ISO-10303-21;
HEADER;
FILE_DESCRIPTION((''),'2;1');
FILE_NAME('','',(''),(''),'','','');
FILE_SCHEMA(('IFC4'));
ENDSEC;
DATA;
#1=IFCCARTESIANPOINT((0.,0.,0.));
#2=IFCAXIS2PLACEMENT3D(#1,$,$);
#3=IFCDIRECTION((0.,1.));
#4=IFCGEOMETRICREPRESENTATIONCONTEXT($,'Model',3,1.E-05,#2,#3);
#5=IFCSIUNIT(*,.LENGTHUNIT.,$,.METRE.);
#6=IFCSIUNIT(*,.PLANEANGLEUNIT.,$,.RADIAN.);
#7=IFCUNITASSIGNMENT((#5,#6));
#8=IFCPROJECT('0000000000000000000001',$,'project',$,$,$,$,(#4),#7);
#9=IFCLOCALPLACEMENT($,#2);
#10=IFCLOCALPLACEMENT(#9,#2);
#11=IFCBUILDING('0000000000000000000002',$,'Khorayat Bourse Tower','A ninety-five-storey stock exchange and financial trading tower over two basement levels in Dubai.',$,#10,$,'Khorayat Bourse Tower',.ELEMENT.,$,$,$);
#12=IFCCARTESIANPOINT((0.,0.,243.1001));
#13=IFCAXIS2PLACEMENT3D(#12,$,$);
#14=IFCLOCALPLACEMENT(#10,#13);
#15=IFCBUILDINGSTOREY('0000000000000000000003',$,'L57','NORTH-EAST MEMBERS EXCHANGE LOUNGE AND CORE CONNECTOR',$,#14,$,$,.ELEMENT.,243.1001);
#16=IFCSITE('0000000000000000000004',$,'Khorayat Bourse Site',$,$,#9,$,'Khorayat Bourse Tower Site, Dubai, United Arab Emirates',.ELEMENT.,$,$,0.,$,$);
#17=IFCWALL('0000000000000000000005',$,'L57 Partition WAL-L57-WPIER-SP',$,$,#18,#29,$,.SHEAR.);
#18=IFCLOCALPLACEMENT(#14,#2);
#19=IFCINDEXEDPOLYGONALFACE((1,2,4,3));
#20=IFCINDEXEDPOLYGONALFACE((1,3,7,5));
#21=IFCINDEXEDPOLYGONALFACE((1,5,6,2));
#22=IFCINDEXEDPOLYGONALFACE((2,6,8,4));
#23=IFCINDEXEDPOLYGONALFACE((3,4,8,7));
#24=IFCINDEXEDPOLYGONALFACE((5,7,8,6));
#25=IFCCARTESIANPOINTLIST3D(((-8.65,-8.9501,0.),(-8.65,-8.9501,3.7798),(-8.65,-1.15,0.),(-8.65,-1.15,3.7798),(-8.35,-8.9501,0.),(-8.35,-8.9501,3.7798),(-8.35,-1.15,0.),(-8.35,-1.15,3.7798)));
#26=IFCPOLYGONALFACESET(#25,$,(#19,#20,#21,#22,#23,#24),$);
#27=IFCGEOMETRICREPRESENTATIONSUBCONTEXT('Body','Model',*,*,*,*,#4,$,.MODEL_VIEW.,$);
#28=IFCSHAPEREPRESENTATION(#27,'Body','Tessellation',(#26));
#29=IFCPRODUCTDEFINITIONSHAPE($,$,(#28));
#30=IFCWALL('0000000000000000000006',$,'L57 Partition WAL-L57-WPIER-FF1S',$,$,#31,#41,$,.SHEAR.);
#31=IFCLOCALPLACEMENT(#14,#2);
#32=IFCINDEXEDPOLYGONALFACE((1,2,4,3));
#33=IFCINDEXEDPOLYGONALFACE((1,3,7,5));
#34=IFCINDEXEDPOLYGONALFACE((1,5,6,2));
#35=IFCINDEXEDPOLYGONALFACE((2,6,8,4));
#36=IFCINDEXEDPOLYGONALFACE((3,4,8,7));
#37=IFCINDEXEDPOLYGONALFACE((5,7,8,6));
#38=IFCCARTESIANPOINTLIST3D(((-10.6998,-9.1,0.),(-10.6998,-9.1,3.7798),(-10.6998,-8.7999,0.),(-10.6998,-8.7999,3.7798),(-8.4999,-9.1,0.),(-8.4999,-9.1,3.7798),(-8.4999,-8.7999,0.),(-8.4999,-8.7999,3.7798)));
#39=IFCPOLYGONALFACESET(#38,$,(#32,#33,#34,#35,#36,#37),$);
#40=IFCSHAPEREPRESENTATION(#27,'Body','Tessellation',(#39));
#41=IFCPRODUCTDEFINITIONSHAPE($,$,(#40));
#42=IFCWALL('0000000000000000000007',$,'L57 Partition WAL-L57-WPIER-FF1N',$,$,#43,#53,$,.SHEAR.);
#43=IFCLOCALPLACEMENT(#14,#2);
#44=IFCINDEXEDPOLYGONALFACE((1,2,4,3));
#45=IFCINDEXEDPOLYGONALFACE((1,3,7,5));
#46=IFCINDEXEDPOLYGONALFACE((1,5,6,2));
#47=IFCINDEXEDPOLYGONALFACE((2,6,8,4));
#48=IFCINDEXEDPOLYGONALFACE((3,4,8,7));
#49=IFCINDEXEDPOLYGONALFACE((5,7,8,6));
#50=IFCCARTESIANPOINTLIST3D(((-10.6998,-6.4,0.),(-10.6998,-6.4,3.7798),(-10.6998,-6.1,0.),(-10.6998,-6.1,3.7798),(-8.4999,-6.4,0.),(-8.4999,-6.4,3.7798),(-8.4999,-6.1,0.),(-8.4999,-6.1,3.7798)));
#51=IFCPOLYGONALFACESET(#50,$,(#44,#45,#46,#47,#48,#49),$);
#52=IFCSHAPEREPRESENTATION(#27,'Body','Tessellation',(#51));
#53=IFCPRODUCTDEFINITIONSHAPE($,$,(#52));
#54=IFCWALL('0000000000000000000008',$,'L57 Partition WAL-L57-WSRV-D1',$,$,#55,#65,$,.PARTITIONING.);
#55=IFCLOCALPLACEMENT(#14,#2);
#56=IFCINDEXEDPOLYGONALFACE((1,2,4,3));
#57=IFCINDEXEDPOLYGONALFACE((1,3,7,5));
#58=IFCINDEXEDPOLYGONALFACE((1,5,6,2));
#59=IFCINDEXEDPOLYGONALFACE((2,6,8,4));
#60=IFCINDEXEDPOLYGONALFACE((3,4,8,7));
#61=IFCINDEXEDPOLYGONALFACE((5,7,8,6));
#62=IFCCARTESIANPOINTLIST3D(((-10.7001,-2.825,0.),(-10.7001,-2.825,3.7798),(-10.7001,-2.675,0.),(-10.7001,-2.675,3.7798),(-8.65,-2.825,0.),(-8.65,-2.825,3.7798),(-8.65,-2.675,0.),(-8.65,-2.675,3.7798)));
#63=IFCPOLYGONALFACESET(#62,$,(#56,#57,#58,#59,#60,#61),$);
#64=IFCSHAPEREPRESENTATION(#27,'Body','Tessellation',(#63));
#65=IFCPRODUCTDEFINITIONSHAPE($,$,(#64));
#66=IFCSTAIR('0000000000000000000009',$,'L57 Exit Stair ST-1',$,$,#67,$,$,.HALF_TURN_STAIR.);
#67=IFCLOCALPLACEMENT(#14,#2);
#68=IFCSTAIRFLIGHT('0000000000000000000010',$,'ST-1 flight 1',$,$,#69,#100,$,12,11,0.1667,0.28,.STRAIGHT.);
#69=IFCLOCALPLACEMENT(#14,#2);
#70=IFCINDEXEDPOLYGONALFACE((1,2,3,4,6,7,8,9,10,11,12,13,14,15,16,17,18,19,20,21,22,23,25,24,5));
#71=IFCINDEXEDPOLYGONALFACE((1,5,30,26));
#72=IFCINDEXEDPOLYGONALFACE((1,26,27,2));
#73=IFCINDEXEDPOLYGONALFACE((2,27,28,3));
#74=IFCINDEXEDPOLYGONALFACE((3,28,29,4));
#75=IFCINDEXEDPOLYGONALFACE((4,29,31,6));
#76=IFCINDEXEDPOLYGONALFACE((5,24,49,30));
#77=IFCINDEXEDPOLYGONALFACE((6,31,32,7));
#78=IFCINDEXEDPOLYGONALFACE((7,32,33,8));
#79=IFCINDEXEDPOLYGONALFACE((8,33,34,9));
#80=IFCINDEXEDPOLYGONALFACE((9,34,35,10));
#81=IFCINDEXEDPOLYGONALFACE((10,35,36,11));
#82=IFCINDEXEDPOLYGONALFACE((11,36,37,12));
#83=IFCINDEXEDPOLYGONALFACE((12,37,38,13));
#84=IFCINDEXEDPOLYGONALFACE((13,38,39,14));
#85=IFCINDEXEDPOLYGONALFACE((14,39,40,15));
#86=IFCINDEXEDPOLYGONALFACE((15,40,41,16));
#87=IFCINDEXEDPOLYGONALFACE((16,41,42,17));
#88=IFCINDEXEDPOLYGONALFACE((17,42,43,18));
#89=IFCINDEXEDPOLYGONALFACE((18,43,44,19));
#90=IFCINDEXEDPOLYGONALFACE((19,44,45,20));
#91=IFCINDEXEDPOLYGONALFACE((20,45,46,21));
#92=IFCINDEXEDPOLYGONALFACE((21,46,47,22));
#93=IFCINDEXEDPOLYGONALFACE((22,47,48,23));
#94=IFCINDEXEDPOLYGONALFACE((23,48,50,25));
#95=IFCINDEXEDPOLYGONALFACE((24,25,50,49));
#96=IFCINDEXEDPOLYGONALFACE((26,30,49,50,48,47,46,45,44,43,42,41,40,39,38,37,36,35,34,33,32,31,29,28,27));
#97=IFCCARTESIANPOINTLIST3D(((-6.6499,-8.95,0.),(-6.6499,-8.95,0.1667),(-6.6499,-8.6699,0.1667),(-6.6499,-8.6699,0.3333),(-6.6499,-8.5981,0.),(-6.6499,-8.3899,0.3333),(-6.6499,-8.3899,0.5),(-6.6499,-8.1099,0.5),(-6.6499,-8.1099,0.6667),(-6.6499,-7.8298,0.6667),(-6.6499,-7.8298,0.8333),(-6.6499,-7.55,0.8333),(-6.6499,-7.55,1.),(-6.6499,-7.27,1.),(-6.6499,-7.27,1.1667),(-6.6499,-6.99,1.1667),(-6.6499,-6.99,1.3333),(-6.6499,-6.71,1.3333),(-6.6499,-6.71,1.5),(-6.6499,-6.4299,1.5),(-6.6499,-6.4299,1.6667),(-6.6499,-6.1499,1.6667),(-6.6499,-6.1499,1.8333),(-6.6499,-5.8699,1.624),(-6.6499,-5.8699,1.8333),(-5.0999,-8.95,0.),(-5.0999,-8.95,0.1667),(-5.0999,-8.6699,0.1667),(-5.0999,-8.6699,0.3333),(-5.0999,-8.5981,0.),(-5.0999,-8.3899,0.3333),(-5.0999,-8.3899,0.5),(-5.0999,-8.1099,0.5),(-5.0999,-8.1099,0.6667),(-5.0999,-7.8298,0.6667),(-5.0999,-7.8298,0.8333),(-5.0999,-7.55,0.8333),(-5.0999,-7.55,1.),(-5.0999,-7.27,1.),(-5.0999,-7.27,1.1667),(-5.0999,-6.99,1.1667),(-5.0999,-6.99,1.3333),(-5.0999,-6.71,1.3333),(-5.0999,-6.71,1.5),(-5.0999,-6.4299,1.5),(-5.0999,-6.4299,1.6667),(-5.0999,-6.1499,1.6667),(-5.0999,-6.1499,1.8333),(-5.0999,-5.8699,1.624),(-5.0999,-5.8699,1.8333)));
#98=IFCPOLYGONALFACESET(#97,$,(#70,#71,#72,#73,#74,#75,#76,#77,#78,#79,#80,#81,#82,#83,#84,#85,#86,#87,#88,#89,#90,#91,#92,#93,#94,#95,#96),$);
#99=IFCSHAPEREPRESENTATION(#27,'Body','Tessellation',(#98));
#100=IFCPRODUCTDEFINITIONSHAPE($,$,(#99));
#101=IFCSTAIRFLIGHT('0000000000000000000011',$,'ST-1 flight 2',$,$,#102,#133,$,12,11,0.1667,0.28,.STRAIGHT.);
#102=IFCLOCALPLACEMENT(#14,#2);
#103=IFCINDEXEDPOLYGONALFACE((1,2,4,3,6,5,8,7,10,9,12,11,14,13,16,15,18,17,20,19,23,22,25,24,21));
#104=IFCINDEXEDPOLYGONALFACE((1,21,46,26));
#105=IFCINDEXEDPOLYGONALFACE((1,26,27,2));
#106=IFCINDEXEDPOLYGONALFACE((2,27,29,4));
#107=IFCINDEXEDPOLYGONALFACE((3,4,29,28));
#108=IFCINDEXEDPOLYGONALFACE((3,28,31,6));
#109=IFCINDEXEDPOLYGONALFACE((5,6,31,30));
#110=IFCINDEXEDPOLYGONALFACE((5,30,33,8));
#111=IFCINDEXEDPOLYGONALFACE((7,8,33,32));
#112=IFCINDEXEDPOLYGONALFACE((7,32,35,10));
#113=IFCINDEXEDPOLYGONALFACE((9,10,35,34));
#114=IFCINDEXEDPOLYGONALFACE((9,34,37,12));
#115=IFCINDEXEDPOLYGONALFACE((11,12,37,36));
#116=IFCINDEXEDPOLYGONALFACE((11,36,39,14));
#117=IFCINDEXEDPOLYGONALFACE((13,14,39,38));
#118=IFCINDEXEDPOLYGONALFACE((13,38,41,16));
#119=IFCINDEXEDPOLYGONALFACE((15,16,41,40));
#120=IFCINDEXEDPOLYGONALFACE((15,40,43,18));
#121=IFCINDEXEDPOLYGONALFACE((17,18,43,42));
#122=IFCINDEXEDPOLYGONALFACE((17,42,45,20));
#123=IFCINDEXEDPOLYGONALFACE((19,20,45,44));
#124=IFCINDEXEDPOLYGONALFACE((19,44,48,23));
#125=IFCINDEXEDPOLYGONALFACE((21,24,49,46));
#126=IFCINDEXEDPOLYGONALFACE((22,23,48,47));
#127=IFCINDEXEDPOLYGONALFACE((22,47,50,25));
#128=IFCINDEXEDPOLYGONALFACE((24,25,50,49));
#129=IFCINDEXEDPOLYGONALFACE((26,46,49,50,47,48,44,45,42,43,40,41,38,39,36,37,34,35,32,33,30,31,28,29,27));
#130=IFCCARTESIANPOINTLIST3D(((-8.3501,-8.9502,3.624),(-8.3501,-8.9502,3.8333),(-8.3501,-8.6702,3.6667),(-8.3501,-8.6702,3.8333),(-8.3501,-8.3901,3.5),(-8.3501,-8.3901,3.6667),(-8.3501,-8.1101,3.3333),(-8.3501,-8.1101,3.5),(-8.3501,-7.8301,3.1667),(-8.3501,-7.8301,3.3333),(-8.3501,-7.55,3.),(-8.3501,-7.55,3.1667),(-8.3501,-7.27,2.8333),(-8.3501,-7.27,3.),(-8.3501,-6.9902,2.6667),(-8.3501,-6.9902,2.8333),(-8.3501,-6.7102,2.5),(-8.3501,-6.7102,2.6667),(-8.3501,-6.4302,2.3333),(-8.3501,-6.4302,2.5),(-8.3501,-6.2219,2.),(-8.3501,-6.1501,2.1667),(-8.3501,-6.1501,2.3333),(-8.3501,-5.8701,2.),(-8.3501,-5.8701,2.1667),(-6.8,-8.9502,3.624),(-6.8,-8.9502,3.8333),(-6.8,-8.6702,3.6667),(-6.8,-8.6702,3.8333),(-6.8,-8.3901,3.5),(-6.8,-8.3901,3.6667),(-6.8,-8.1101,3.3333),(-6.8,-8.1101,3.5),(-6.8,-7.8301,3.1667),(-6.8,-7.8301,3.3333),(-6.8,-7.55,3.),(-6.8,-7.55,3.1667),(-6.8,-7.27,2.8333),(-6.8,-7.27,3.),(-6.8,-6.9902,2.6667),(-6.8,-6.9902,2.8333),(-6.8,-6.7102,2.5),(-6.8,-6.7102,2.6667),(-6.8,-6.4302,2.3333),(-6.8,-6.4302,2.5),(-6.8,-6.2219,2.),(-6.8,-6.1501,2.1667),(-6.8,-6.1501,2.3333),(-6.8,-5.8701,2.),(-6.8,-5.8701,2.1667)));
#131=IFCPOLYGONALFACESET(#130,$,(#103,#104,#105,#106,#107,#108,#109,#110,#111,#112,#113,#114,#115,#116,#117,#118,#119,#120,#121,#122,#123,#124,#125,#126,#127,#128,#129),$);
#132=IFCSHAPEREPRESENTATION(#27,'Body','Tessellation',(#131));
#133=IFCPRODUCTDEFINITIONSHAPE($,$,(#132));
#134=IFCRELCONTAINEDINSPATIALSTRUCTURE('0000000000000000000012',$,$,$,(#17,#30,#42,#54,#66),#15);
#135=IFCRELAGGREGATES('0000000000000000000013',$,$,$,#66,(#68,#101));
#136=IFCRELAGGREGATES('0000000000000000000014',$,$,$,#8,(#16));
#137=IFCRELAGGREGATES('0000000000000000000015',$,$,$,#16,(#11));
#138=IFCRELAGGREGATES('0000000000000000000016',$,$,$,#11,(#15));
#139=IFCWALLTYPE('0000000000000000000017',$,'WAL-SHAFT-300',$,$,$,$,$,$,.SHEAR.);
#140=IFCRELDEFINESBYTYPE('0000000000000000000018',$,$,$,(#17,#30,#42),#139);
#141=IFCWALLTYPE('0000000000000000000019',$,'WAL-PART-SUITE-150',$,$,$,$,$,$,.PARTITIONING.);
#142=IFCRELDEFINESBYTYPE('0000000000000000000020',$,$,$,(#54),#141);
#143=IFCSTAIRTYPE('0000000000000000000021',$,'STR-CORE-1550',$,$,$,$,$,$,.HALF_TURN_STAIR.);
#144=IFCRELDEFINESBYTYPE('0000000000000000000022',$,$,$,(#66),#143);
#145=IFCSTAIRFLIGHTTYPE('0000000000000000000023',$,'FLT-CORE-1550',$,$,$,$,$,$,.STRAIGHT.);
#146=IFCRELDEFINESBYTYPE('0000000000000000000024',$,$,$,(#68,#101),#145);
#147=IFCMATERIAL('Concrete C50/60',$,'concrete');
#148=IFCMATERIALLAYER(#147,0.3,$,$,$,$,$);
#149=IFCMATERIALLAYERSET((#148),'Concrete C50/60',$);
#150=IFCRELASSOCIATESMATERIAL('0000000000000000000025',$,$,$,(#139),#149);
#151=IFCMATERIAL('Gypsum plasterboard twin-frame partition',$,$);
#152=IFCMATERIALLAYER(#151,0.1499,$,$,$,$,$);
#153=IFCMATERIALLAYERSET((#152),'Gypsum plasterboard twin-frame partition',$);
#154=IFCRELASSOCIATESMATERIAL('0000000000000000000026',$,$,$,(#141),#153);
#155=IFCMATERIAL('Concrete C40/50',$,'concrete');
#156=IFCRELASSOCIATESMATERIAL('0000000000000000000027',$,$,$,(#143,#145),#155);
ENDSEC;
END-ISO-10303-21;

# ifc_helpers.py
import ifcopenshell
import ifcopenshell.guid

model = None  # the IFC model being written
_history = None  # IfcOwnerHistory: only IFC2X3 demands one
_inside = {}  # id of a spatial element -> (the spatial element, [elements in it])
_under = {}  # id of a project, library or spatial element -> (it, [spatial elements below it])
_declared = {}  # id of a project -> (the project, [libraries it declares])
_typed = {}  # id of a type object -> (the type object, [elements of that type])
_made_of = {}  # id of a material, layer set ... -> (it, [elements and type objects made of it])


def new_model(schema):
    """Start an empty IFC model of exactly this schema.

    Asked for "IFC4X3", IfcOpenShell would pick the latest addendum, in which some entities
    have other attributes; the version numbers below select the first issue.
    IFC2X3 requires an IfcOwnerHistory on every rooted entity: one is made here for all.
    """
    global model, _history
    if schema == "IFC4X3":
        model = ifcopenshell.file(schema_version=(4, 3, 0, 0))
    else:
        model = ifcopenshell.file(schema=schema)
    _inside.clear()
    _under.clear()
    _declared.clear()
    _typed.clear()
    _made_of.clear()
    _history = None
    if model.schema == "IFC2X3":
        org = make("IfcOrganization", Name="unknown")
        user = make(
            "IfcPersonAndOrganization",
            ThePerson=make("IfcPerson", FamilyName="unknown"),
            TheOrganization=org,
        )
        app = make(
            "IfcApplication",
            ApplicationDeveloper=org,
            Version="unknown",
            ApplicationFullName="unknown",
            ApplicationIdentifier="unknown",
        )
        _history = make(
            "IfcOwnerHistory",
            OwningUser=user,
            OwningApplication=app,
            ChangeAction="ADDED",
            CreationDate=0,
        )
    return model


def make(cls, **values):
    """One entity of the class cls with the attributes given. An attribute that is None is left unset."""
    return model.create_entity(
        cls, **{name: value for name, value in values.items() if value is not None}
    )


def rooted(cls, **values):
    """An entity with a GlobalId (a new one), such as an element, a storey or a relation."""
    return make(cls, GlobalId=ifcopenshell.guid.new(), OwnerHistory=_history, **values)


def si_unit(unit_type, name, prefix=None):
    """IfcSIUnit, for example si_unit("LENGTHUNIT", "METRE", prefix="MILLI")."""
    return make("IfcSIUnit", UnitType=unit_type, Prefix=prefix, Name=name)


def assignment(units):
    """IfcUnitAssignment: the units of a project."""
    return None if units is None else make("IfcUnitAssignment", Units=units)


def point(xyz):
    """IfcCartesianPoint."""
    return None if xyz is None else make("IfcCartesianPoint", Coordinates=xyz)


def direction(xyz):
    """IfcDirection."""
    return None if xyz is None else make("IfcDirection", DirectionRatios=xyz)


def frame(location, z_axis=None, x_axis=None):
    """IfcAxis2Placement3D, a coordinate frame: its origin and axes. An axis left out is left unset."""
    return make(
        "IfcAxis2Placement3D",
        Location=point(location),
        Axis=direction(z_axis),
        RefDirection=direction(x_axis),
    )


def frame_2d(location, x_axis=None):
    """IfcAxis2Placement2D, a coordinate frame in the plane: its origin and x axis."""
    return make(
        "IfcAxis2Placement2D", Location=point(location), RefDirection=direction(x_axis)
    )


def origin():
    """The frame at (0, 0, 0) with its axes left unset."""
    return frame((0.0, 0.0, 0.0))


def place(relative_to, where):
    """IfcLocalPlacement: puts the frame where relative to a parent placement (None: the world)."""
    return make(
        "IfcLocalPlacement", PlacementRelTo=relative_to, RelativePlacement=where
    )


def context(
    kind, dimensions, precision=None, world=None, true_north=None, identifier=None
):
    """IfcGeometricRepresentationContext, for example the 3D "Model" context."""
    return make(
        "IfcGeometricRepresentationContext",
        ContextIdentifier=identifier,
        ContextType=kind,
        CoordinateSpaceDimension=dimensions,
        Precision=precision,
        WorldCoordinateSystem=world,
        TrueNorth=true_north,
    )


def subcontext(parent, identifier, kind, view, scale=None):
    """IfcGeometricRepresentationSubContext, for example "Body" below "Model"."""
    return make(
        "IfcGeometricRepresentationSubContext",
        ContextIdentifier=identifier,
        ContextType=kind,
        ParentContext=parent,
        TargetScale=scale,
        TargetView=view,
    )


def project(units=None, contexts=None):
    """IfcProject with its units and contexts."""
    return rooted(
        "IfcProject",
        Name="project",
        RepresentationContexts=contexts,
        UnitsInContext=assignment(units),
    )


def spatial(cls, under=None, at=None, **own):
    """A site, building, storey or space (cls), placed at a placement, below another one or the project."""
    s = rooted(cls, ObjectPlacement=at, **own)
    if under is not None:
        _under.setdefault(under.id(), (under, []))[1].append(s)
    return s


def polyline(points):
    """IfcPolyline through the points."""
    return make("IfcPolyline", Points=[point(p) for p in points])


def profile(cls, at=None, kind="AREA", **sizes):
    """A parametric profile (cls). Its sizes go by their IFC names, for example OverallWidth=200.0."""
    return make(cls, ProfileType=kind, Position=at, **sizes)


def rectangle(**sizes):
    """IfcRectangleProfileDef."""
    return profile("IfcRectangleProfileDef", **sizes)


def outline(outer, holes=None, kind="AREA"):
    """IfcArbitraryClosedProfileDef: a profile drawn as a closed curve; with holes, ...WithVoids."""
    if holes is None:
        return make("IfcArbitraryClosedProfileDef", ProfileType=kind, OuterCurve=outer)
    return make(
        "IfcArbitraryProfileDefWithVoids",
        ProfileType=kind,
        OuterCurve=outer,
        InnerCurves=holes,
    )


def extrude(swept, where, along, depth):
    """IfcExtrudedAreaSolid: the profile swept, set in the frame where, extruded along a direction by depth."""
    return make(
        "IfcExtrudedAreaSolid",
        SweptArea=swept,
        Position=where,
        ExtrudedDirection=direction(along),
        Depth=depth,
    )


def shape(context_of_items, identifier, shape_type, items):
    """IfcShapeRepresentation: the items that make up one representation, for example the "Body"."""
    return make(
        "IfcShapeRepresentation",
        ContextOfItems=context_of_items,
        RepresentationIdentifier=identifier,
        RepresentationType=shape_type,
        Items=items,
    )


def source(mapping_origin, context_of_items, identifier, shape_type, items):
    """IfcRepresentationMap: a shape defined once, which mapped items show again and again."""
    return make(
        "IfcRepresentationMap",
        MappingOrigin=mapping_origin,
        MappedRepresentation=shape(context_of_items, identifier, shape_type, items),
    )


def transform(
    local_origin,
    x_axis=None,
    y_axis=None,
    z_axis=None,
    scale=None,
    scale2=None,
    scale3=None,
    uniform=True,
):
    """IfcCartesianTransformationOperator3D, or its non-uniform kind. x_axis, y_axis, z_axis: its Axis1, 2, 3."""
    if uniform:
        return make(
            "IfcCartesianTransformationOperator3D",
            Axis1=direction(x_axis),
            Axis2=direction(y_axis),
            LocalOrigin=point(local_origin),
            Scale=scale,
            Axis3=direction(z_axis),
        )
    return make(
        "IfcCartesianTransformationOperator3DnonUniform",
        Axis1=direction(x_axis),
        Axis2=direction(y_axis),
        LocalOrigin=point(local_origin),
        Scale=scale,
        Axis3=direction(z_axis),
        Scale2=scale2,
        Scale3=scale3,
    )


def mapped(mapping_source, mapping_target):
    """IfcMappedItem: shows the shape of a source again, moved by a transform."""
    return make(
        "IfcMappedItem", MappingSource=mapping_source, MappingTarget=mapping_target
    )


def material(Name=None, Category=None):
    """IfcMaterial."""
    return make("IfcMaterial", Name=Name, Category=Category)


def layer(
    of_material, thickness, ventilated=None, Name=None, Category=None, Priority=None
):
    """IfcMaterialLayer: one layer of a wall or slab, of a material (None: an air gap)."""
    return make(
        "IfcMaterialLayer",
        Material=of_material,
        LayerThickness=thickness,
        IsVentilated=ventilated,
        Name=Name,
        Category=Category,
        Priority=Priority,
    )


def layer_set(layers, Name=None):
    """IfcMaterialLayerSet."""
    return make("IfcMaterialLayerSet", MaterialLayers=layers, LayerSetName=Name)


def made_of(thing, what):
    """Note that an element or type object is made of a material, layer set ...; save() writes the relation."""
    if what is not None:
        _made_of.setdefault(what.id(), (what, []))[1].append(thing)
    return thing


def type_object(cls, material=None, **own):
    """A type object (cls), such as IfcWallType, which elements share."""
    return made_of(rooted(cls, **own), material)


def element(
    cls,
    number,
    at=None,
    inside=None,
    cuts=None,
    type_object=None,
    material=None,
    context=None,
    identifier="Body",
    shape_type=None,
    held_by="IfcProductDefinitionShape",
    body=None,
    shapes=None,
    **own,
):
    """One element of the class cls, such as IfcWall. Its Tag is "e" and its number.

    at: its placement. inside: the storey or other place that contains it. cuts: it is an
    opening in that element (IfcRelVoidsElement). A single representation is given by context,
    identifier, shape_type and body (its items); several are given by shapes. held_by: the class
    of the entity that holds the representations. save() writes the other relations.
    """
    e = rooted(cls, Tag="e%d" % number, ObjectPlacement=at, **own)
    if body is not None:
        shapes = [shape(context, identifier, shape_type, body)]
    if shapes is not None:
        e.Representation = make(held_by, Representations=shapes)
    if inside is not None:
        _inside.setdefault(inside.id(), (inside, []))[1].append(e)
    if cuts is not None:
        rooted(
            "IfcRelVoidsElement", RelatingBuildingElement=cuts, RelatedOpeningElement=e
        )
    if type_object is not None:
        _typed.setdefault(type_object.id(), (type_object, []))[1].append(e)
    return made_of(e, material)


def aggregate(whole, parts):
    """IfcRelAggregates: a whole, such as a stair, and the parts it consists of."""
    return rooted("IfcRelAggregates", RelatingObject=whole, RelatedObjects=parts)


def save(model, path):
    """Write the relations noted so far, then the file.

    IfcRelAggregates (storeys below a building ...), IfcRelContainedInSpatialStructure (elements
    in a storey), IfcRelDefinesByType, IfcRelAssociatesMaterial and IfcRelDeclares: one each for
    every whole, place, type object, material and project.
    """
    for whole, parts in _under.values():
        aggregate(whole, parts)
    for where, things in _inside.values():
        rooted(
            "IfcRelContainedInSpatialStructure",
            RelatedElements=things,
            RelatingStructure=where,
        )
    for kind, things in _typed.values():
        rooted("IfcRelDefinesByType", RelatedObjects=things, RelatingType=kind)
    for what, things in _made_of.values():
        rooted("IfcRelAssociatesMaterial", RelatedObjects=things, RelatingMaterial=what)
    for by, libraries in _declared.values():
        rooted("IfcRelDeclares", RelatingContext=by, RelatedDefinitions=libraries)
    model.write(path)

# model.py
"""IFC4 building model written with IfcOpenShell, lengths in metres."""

from ifc_helpers import new_model, si_unit, direction, frame, frame_2d, origin, place, context, subcontext, project, spatial, polyline, rectangle, outline, extrude, source, transform, mapped, material, layer, layer_set, type_object, element, aggregate, save


model = new_model("IFC4")

# Units and contexts
model_context = context("Model", 3, precision=1e-05, world=origin(), true_north=direction((0.0, 1.0)))
body_context = subcontext(model_context, "Body", "Model", "MODEL_VIEW")
ifc_project = project(units=[si_unit("LENGTHUNIT", "METRE"), si_unit("PLANEANGLEUNIT", "RADIAN")], contexts=[model_context])

# Site, building, storey
site_placement = place(None, origin())
site = spatial("IfcSite", under=ifc_project, at=site_placement, Name="Khorayat Bourse Site", LongName="Khorayat Bourse Tower Site, Dubai, United Arab Emirates", CompositionType="ELEMENT", RefElevation=0.0)
building_placement = place(site_placement, origin())
building = spatial("IfcBuilding", under=site, at=building_placement, Name="Khorayat Bourse Tower", Description="A ninety-five-storey stock exchange and financial trading tower over two basement levels in Dubai.", LongName="Khorayat Bourse Tower", CompositionType="ELEMENT")
storey_placement = place(building_placement, frame((0.0, 0.0, 243.1001)))
storey = spatial("IfcBuildingStorey", under=building, at=storey_placement, Name="L57", Description="NORTH-EAST MEMBERS EXCHANGE LOUNGE AND CORE CONNECTOR", CompositionType="ELEMENT", Elevation=243.1001)

# Walls
ifc_material_1 = material(Name="Concrete C50/60", Category="concrete")
ifc_layer_1 = layer(ifc_material_1, 0.3)
ifc_layer_set_1 = layer_set([ifc_layer_1], Name="Concrete C50/60")
wall_type_1 = type_object("IfcWallType", Name="WAL-SHAFT-300", PredefinedType="SHEAR", material=ifc_layer_set_1)
shared_shape_1 = source(origin(), body_context, "Body", "SweptSolid", [
    extrude(rectangle(XDim=7.8, YDim=0.3, at=frame_2d((3.8999, 0.0))), origin(), (0.0, 0.0, 1.0), 3.7798),
])
wall_1_placement = place(storey_placement, frame((-8.5, -8.95, 0.0), z_axis=(0.0, 0.0, 1.0), x_axis=(0.0, 1.0, 0.0)))
element("IfcWall", 1, at=wall_1_placement, inside=storey, type_object=wall_type_1, Name="L57 Partition WAL-L57-WPIER-SP", PredefinedType="SHEAR", context=body_context, shape_type="MappedRepresentation", body=[
    mapped(shared_shape_1, transform((0.0, 0.0, 0.0), scale=1.0)),
])
shared_shape_2 = source(origin(), body_context, "Body", "SweptSolid", [
    extrude(rectangle(XDim=2.2, YDim=0.3, at=frame_2d((1.1001, 0.0))), origin(), (0.0, 0.0, 1.0), 3.7798),
])
for number, where, z_axis, x_axis, name in (
    (2, (-10.7, -8.95, 0.0), (0.0, 0.0, 1.0), (1.0, 0.0, 0.0), "L57 Partition WAL-L57-WPIER-FF1S"),
    (3, (-10.7, -6.25, 0.0), (0.0, 0.0, 1.0), (1.0, 0.0, 0.0), "L57 Partition WAL-L57-WPIER-FF1N"),
):
    element("IfcWall", number, at=place(storey_placement, frame(where, z_axis=z_axis, x_axis=x_axis)), inside=storey, type_object=wall_type_1, Name=name, PredefinedType="SHEAR", context=body_context, shape_type="MappedRepresentation", body=[
        mapped(shared_shape_2, transform((0.0, 0.0, 0.0), scale=1.0)),
    ])
ifc_material_2 = material(Name="Gypsum plasterboard twin-frame partition")
ifc_layer_2 = layer(ifc_material_2, 0.1499)
ifc_layer_set_2 = layer_set([ifc_layer_2], Name="Gypsum plasterboard twin-frame partition")
wall_type_2 = type_object("IfcWallType", Name="WAL-PART-SUITE-150", PredefinedType="PARTITIONING", material=ifc_layer_set_2)
shared_shape_3 = source(origin(), body_context, "Body", "SweptSolid", [
    extrude(rectangle(XDim=2.05, YDim=0.1499, at=frame_2d((1.0249, 0.0))), origin(), (0.0, 0.0, 1.0), 3.7798),
])
wall_2_placement = place(storey_placement, frame((-10.7, -2.75, 0.0), z_axis=(0.0, 0.0, 1.0), x_axis=(1.0, 0.0, 0.0)))
element("IfcWall", 4, at=wall_2_placement, inside=storey, type_object=wall_type_2, Name="L57 Partition WAL-L57-WSRV-D1", PredefinedType="PARTITIONING", context=body_context, shape_type="MappedRepresentation", body=[
    mapped(shared_shape_3, transform((0.0, 0.0, 0.0), scale=1.0)),
])

# Stair, stair flights
ifc_material_3 = material(Name="Concrete C40/50", Category="concrete")
stair_type = type_object("IfcStairType", Name="STR-CORE-1550", PredefinedType="HALF_TURN_STAIR", material=ifc_material_3)
stair_placement = place(storey_placement, origin())
stair = element("IfcStair", 5, at=stair_placement, inside=storey, type_object=stair_type, Name="L57 Exit Stair ST-1", PredefinedType="HALF_TURN_STAIR")
stair_flight_type = type_object("IfcStairFlightType", Name="FLT-CORE-1550", PredefinedType="STRAIGHT", material=ifc_material_3)
shared_shape_4 = source(origin(), body_context, "Body", "SweptSolid", [
    extrude(outline(polyline([(0.0, 0.0), (0.0, 0.1667), (0.28, 0.1667), (0.28, 0.3333), (0.5601, 0.3333), (0.5601, 0.5), (0.8401, 0.5), (0.8401, 0.6667), (1.1201, 0.6667), (1.1201, 0.8333), (1.3999, 0.8333), (1.3999, 1.0), (1.6799, 1.0), (1.6799, 1.1667), (1.96, 1.1667), (1.96, 1.3333), (2.24, 1.3333), (2.24, 1.5), (2.52, 1.5), (2.52, 1.6667), (2.8, 1.6667), (2.8, 1.8333), (3.0801, 1.8333), (3.0801, 2.0), (3.0801, 1.624), (0.3518, 0.0), (0.0, 0.0)])), frame((0.0, 0.7749, 0.0), z_axis=(0.0, -1.0, 0.0), x_axis=(1.0, 0.0, 0.0)), (0.0, 0.0, 1.0), 1.55),
])
stair_flight_1_placement = place(storey_placement, frame((-5.875, -8.95, 0.0), z_axis=(0.0, 0.0, 1.0), x_axis=(0.0, 1.0, 0.0)))
stair_flight_1 = element("IfcStairFlight", 6, at=stair_flight_1_placement, type_object=stair_flight_type, Name="ST-1 flight 1", NumberOfRisers=12, NumberOfTreads=11, PredefinedType="STRAIGHT", RiserHeight=0.1667, TreadLength=0.28, context=body_context, shape_type="MappedRepresentation", body=[
    mapped(shared_shape_4, transform((0.0, 0.0, 0.0), scale=1.0)),
])
stair_flight_2_placement = place(storey_placement, frame((-7.575, -5.8701, 2.0), z_axis=(0.0, 0.0, 1.0), x_axis=(0.0, -1.0, 0.0)))
stair_flight_2 = element("IfcStairFlight", 7, at=stair_flight_2_placement, type_object=stair_flight_type, Name="ST-1 flight 2", NumberOfRisers=12, NumberOfTreads=11, PredefinedType="STRAIGHT", RiserHeight=0.1667, TreadLength=0.28, context=body_context, shape_type="MappedRepresentation", body=[
    mapped(shared_shape_4, transform((0.0, 0.0, 0.0), scale=1.0)),
])
aggregate(stair, [stair_flight_1, stair_flight_2])

save(model, "model.ifc")
